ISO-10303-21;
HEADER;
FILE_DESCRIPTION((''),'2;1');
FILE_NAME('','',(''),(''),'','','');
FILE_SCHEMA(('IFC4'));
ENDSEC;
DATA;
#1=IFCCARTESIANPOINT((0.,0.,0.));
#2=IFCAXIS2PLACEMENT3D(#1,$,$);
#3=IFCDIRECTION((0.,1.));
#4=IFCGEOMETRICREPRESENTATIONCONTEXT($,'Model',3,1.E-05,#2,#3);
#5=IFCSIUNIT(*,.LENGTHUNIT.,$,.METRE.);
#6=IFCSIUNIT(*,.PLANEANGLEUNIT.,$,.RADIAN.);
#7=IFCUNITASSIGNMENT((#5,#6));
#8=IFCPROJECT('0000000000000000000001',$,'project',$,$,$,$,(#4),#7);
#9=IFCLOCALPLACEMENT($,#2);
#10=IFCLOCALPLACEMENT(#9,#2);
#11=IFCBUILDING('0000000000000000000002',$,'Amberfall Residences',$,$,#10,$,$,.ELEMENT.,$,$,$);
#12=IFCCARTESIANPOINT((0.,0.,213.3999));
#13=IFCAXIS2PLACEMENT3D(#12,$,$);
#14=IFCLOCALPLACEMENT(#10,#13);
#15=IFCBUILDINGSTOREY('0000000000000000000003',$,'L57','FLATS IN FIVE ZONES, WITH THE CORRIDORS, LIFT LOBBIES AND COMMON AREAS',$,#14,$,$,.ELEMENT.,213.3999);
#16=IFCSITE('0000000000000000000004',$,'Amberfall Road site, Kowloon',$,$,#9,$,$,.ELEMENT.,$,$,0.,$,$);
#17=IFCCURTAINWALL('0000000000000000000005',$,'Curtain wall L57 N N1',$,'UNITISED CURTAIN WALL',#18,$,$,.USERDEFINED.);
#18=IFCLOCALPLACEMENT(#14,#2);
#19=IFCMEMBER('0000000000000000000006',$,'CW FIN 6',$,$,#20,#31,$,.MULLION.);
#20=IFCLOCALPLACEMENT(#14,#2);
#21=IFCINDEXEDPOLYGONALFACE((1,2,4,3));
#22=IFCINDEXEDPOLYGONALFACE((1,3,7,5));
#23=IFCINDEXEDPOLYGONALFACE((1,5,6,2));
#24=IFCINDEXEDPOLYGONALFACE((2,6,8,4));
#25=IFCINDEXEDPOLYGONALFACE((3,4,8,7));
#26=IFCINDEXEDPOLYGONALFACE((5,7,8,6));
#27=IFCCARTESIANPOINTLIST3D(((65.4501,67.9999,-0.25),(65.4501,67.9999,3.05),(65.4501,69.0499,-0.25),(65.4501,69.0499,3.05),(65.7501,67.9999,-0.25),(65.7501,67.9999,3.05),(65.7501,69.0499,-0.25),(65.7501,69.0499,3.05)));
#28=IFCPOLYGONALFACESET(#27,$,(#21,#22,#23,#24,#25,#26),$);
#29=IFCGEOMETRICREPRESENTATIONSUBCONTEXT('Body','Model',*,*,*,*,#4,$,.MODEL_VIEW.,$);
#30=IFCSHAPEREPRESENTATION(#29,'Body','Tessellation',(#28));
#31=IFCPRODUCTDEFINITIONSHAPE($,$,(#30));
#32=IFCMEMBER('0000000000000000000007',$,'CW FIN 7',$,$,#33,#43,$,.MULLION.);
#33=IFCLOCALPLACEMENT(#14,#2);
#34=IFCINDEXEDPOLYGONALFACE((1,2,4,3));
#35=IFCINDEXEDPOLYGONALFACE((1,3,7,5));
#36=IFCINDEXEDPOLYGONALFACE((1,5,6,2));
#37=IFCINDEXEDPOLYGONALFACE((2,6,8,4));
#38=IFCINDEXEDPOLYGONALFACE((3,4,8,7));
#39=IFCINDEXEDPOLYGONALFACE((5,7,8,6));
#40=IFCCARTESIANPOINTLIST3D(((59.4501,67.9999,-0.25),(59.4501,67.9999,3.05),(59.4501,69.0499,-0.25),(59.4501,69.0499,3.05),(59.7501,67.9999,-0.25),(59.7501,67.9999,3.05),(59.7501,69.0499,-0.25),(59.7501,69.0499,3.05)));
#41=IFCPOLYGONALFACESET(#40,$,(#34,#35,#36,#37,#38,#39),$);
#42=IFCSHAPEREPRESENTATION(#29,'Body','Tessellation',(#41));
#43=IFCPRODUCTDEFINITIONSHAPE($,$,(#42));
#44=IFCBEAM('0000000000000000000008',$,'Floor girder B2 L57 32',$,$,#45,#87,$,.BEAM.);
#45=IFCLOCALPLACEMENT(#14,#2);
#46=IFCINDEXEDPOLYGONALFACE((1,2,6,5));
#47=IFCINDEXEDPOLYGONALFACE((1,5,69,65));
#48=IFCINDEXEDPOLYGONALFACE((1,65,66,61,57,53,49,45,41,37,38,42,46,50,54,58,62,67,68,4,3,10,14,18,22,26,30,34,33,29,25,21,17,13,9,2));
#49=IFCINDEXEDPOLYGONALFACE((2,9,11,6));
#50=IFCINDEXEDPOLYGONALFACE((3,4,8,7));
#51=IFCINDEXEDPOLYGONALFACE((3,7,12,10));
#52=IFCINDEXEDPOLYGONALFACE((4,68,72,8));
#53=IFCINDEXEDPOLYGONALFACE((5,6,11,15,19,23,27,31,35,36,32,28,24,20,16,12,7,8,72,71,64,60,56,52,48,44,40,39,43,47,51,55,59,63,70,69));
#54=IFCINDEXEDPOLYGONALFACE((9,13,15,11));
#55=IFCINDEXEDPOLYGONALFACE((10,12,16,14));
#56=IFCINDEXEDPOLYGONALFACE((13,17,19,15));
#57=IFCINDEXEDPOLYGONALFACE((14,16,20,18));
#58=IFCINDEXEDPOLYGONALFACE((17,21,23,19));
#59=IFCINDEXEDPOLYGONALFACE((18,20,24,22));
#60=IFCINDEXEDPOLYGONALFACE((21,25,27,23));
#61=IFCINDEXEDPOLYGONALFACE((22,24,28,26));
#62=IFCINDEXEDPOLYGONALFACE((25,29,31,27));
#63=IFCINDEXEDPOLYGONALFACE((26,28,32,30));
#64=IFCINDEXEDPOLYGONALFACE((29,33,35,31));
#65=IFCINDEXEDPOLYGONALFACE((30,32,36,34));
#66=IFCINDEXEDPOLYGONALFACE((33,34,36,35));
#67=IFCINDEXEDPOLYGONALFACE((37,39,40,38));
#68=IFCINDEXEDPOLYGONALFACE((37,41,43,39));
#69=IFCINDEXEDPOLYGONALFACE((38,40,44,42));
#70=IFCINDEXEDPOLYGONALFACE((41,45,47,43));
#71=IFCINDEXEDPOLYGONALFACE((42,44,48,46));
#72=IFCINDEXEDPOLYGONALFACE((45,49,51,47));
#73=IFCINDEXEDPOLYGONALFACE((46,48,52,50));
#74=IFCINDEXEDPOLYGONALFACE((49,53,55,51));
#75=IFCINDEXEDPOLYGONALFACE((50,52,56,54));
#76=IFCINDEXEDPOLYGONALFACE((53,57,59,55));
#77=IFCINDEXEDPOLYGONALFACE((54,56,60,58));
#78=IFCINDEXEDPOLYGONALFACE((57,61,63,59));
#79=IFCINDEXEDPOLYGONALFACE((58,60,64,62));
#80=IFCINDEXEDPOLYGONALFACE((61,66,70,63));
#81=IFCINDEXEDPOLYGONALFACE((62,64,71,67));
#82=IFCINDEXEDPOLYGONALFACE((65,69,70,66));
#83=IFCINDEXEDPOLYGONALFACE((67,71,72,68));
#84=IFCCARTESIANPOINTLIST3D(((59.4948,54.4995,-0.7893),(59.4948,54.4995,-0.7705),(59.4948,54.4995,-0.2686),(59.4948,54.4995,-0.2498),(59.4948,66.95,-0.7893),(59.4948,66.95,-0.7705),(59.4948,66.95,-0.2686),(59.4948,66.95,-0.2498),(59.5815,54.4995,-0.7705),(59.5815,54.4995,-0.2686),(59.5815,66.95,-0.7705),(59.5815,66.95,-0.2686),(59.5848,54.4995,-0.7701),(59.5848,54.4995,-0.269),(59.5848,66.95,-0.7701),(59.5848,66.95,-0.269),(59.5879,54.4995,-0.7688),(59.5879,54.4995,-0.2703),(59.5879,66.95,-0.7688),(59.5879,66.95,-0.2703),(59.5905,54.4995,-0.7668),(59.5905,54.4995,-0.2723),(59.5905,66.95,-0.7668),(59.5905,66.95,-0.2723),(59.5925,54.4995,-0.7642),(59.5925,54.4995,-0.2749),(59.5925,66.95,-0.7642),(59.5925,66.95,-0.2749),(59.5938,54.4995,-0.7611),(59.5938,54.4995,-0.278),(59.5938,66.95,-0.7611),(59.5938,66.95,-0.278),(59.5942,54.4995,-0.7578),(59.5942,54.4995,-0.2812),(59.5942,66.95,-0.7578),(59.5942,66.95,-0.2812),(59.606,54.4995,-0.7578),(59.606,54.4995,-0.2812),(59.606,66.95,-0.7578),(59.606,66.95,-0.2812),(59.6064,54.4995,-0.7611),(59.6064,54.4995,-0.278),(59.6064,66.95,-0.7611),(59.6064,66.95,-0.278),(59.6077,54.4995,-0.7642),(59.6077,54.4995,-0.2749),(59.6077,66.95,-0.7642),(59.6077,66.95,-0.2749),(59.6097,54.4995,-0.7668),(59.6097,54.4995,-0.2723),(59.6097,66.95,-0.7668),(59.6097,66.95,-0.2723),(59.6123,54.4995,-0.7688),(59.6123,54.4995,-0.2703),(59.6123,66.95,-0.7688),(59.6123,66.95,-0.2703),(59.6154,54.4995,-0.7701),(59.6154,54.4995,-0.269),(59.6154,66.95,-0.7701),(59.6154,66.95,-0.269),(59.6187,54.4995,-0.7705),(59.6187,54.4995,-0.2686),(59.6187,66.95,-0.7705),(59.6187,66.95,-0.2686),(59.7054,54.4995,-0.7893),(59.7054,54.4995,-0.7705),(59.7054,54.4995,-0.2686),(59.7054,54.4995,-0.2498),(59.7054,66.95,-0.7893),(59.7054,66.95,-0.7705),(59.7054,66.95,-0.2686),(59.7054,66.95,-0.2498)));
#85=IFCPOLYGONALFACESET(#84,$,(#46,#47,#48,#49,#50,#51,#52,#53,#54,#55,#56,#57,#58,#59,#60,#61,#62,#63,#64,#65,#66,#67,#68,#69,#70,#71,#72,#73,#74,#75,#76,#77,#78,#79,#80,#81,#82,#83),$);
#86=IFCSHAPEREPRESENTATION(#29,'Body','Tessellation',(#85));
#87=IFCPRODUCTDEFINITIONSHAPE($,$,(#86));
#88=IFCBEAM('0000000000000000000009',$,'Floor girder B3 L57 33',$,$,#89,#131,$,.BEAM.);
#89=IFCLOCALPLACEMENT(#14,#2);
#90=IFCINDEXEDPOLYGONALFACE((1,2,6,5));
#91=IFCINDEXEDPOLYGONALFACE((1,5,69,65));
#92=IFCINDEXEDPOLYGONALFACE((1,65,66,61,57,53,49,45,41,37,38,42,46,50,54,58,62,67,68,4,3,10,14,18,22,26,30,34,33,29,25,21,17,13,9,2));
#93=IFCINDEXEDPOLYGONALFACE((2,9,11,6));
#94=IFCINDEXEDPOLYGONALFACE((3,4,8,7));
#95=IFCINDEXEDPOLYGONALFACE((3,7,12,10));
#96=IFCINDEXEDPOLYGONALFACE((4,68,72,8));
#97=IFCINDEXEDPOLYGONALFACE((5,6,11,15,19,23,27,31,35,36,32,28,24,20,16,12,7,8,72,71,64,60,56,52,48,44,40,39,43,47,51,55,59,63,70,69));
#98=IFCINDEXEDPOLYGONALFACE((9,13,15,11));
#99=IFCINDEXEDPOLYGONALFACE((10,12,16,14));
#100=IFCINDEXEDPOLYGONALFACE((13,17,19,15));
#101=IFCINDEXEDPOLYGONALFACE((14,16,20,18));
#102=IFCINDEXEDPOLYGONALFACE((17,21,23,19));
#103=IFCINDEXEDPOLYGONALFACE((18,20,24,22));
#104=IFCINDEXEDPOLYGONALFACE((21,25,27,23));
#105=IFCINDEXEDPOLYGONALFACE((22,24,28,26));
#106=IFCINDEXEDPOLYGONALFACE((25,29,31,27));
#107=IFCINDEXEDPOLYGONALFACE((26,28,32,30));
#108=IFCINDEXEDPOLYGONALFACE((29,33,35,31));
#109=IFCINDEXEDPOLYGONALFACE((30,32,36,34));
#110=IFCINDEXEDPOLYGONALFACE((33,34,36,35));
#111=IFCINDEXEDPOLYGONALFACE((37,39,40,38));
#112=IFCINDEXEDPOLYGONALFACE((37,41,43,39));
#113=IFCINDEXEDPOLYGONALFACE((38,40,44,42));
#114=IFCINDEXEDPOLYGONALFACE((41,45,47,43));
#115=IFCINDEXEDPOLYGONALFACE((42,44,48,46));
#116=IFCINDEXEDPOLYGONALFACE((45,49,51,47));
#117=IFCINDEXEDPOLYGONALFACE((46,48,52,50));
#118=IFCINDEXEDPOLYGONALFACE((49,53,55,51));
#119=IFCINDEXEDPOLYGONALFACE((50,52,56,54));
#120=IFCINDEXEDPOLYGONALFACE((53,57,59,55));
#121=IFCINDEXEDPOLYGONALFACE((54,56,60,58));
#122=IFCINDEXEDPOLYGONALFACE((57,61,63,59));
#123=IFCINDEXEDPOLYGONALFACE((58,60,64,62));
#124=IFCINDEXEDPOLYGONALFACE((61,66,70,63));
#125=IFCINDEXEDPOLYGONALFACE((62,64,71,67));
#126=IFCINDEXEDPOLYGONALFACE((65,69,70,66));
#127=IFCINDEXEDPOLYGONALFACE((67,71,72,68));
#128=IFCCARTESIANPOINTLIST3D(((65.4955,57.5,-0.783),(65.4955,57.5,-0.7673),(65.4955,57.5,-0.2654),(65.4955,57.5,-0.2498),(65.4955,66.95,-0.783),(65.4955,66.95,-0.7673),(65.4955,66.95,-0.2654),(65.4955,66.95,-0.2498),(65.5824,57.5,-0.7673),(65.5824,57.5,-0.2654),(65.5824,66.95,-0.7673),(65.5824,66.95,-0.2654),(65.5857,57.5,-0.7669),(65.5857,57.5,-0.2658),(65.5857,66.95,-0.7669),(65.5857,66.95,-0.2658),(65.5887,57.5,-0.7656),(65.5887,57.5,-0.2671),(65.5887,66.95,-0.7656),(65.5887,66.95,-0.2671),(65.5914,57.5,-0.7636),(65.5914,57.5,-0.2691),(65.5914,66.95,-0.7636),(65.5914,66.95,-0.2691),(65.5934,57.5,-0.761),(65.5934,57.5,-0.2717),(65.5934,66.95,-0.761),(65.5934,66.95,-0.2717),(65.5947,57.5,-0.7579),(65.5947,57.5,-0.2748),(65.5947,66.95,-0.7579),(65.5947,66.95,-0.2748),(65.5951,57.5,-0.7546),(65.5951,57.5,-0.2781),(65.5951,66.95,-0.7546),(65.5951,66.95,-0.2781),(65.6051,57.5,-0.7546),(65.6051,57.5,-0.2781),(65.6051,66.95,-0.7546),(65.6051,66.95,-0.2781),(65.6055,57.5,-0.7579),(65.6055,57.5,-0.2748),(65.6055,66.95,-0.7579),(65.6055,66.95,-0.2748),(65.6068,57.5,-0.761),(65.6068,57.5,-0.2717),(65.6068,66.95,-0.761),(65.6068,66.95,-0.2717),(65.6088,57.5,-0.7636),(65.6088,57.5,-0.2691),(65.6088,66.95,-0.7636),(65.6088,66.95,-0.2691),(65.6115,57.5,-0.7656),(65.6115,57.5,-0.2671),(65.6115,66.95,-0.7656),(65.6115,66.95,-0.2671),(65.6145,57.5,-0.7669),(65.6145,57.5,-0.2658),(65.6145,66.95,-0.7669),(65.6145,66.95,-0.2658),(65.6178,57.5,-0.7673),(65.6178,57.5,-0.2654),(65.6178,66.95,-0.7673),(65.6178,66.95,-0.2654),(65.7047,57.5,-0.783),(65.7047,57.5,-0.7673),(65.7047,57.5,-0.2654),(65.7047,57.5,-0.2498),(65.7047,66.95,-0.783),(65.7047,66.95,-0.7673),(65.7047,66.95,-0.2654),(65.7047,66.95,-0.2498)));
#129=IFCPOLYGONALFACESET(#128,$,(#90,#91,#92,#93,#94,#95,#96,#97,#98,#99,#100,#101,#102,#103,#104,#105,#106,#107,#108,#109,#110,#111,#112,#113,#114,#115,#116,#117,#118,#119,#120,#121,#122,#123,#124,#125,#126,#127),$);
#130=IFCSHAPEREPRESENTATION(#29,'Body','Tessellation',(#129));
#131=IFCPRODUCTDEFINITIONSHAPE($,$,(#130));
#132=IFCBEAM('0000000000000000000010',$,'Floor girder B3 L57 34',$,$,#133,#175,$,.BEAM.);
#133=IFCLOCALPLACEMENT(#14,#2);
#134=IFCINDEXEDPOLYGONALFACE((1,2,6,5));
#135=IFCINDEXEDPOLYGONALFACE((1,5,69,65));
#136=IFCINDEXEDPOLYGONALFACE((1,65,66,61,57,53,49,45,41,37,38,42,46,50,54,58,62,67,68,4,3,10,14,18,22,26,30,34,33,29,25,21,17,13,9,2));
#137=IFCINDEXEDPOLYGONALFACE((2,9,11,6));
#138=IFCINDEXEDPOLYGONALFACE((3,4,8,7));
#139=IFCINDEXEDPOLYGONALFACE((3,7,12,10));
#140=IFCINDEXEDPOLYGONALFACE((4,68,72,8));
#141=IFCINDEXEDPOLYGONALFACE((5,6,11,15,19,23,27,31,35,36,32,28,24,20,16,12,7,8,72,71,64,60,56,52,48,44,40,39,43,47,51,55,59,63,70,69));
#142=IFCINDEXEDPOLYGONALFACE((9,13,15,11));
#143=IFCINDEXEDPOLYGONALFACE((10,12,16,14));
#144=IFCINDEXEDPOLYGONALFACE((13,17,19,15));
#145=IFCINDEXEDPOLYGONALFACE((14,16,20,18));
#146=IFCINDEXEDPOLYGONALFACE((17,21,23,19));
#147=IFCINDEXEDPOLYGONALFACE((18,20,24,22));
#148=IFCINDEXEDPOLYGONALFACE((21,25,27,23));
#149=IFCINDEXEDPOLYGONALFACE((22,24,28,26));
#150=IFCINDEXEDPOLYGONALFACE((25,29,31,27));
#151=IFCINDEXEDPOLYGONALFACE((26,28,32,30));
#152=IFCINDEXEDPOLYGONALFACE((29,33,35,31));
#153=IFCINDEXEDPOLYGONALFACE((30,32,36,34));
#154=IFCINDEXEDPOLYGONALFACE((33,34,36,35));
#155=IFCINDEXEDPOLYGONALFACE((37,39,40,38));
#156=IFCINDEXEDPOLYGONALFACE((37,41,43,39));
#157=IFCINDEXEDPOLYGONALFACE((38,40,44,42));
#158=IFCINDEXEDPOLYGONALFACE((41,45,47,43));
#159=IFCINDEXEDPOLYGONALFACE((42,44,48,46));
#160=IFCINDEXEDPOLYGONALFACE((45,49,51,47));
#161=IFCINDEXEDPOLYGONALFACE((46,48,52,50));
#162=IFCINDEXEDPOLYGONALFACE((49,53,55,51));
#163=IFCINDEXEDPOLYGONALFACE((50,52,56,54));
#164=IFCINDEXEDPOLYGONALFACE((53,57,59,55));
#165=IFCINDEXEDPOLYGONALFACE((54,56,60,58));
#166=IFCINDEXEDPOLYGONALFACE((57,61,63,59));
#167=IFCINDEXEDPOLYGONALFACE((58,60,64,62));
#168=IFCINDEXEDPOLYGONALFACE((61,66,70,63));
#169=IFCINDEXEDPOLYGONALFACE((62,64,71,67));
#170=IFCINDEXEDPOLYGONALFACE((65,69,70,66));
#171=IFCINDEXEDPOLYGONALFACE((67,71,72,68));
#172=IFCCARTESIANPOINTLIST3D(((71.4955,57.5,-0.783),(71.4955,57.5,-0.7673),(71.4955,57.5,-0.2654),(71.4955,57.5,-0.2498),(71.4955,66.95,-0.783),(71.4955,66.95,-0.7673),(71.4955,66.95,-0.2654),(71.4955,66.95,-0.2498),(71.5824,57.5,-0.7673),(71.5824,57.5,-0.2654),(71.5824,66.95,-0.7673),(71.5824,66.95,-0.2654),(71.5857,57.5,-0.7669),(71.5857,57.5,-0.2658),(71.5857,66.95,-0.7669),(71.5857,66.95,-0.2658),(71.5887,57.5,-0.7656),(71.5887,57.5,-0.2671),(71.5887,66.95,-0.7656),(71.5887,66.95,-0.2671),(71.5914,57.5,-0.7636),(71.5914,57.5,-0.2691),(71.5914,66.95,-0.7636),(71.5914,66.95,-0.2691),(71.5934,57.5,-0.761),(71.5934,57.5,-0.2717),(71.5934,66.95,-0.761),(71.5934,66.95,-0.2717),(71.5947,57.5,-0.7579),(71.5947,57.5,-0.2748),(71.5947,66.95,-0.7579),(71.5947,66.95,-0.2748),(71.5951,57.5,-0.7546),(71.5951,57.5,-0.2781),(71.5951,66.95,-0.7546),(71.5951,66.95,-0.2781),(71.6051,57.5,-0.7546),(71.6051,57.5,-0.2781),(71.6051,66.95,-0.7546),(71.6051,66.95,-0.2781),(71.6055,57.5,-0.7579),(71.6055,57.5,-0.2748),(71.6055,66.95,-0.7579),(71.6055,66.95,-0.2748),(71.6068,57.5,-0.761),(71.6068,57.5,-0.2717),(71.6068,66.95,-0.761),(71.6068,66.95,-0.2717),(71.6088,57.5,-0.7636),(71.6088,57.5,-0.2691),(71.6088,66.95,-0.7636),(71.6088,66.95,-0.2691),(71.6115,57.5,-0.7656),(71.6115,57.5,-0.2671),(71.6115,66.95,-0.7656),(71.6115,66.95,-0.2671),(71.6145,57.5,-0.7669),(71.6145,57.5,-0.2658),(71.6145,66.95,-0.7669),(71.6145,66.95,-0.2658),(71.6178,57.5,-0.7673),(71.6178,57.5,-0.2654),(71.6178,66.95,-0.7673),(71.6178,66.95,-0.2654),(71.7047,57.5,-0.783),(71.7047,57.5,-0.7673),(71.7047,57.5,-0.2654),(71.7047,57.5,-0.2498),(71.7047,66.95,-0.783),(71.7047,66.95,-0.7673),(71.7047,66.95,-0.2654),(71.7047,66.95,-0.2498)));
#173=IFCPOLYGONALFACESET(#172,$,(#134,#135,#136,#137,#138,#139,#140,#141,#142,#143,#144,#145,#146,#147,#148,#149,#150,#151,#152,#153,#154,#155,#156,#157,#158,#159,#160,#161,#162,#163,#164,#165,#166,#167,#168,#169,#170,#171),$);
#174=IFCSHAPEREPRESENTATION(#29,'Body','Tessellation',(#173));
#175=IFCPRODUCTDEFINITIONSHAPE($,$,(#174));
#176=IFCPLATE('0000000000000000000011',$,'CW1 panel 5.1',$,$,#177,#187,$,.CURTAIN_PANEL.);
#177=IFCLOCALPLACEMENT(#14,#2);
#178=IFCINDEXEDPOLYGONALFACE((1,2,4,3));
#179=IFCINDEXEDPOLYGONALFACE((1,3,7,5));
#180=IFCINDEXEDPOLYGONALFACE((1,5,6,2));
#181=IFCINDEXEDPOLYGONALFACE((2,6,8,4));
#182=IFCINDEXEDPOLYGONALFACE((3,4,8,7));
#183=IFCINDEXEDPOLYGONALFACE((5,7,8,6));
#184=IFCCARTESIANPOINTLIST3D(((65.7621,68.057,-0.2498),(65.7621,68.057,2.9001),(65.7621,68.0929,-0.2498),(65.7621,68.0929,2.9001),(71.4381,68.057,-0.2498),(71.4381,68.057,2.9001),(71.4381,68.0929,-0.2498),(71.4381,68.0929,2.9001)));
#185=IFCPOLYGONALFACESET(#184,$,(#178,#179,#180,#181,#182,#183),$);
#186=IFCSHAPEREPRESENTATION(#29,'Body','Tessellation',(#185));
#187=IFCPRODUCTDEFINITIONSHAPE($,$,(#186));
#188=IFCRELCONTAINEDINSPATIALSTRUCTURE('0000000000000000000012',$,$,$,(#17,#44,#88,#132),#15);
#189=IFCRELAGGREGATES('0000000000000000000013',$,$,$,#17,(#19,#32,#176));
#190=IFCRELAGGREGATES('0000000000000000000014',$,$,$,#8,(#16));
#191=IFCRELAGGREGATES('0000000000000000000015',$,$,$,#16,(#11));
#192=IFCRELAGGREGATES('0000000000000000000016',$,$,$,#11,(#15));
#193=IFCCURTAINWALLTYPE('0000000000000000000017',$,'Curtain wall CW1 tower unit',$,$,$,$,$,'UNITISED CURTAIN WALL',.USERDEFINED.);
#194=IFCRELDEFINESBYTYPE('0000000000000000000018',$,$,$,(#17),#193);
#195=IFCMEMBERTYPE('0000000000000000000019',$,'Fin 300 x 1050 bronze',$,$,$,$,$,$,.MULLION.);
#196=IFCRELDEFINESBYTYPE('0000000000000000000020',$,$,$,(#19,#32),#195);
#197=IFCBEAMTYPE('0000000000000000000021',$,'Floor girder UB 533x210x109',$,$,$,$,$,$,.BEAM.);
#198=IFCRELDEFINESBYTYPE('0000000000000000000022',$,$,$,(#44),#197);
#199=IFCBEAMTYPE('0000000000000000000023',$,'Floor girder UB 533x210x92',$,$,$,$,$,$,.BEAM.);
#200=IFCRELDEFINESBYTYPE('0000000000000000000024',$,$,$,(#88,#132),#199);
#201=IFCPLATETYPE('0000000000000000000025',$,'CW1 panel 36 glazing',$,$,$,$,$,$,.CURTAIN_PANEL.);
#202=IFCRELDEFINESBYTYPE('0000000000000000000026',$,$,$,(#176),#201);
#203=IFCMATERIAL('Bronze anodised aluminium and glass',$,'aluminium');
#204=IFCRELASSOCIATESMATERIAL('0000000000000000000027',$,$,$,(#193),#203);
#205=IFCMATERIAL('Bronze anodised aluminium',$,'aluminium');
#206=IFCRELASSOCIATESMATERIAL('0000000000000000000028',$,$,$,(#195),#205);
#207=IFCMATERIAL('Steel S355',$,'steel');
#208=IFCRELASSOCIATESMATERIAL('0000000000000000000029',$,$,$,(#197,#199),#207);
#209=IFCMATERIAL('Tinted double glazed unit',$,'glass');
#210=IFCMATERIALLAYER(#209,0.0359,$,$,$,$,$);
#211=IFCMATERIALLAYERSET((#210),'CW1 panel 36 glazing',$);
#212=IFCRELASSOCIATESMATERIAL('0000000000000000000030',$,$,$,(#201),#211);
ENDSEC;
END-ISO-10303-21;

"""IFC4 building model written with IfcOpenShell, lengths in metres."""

from ifc_helpers import new_model, si_unit, direction, frame, origin, origin_2d, place, context, subcontext, project, spatial, rectangle, i_section, extrude, material, layer, layer_set, material_profile, profile_set, type_object, element, aggregate, save


model = new_model("IFC4")

# Units and contexts
model_context = context("Model", 3, precision=1e-05, world=origin(), true_north=direction((0.0, 1.0)))
body_context = subcontext(model_context, "Body", "Model", "MODEL_VIEW")
ifc_project = project(units=[si_unit("LENGTHUNIT", "METRE"), si_unit("PLANEANGLEUNIT", "RADIAN")], contexts=[model_context])

# Site, building, storey
site_placement = place(None, origin())
site = spatial("IfcSite", under=ifc_project, at=site_placement, Name="Amberfall Road site, Kowloon", CompositionType="ELEMENT", RefElevation=0.0)
building_placement = place(site_placement, origin())
building = spatial("IfcBuilding", under=site, at=building_placement, Name="Amberfall Residences", CompositionType="ELEMENT")
storey_placement = place(building_placement, frame((0.0, 0.0, 213.3999)))
storey = spatial("IfcBuildingStorey", under=building, at=storey_placement, Name="L57", Description="FLATS IN FIVE ZONES, WITH THE CORRIDORS, LIFT LOBBIES AND COMMON AREAS", CompositionType="ELEMENT", Elevation=213.3999)

# Curtain wall
ifc_material_1 = material(Name="Bronze anodised aluminium and glass", Category="aluminium")
curtain_wall_type = type_object("IfcCurtainWallType", Name="Curtain wall CW1 tower unit", ElementType="UNITISED CURTAIN WALL", PredefinedType="USERDEFINED", material=ifc_material_1)
curtain_wall_placement = place(storey_placement, origin())
curtain_wall = element("IfcCurtainWall", 1, at=curtain_wall_placement, inside=storey, type_object=curtain_wall_type, Name="Curtain wall L57 N N1", ObjectType="UNITISED CURTAIN WALL", PredefinedType="USERDEFINED")
ifc_material_2 = material(Name="Bronze anodised aluminium", Category="aluminium")

# Shared definitions
ifc_material_3 = material(Name="Steel S355", Category="steel")

# Members
ifc_material_profile_1 = material_profile(ifc_material_2, rectangle(XDim=1.05, YDim=0.3, at=origin_2d()), Name="Fin 300 x 1050 bronze")
ifc_profile_set_1 = profile_set([ifc_material_profile_1], Name="Bronze anodised aluminium")
member_type_1 = type_object("IfcMemberType", Name="Fin 300 x 1050 bronze", PredefinedType="MULLION", material=ifc_profile_set_1)
member_1_placement = place(storey_placement, frame((65.6001, 68.5249, -0.25), z_axis=(0.0, 0.0, 1.0), x_axis=(0.0, -1.0, 0.0)))
member_1 = element("IfcMember", 2, at=member_1_placement, type_object=member_type_1, Name="CW FIN 6", PredefinedType="MULLION", context=body_context, shape_type="SweptSolid", body=[
    extrude(rectangle(XDim=1.05, YDim=0.3, at=origin_2d()), origin(), (0.0, 0.0, 1.0), 3.3),
])
member_2_placement = place(storey_placement, frame((59.6001, 68.5249, -0.25), z_axis=(0.0, 0.0, 1.0), x_axis=(0.0, -1.0, 0.0)))
member_2 = element("IfcMember", 3, at=member_2_placement, type_object=member_type_1, Name="CW FIN 7", PredefinedType="MULLION", context=body_context, shape_type="SweptSolid", body=[
    extrude(rectangle(XDim=1.05, YDim=0.3, at=origin_2d()), origin(), (0.0, 0.0, 1.0), 3.3),
])

# Beams
ifc_material_profile_2 = material_profile(ifc_material_3, i_section(OverallWidth=0.2107, OverallDepth=0.5396, WebThickness=0.0117, FlangeThickness=0.0188, FilletRadius=0.0127, at=origin_2d()), Name="UB 533x210x109")
ifc_profile_set_2 = profile_set([ifc_material_profile_2], Name="Steel S355")
beam_type_1 = type_object("IfcBeamType", Name="Floor girder UB 533x210x109", PredefinedType="BEAM", material=ifc_profile_set_2)
beam_placement = place(storey_placement, frame((59.6001, 66.95, -0.5195), z_axis=(0.0, -1.0, 0.0), x_axis=(1.0, 0.0, 0.0)))
element("IfcBeam", 4, at=beam_placement, inside=storey, type_object=beam_type_1, Name="Floor girder B2 L57 32", PredefinedType="BEAM", context=body_context, shape_type="SweptSolid", body=[
    extrude(i_section(OverallWidth=0.2107, OverallDepth=0.5396, WebThickness=0.0117, FlangeThickness=0.0188, FilletRadius=0.0127, at=origin_2d()), origin(), (0.0, 0.0, 1.0), 12.4504),
])
ifc_material_profile_3 = material_profile(ifc_material_3, i_section(OverallWidth=0.2092, OverallDepth=0.5332, WebThickness=0.01, FlangeThickness=0.0156, FilletRadius=0.0127, at=origin_2d()), Name="UB 533x210x92")
ifc_profile_set_3 = profile_set([ifc_material_profile_3], Name="Steel S355")
beam_type_2 = type_object("IfcBeamType", Name="Floor girder UB 533x210x92", PredefinedType="BEAM", material=ifc_profile_set_3)
for number, where, z_axis, x_axis, name in (
    (5, (65.6001, 66.95, -0.5164), (0.0, -1.0, 0.0), (1.0, 0.0, 0.0), "Floor girder B3 L57 33"),
    (6, (71.6001, 66.95, -0.5164), (0.0, -1.0, 0.0), (1.0, 0.0, 0.0), "Floor girder B3 L57 34"),
):
    element("IfcBeam", number, at=place(storey_placement, frame(where, z_axis=z_axis, x_axis=x_axis)), inside=storey, type_object=beam_type_2, Name=name, PredefinedType="BEAM", context=body_context, shape_type="SweptSolid", body=[
        extrude(i_section(OverallWidth=0.2092, OverallDepth=0.5332, WebThickness=0.01, FlangeThickness=0.0156, FilletRadius=0.0127, at=origin_2d()), origin(), (0.0, 0.0, 1.0), 9.45),
    ])

# Plate
ifc_material_4 = material(Name="Tinted double glazed unit", Category="glass")
ifc_layer_1 = layer(ifc_material_4, 0.0359)
ifc_layer_set_1 = layer_set([ifc_layer_1], Name="CW1 panel 36 glazing")
plate_type = type_object("IfcPlateType", Name="CW1 panel 36 glazing", PredefinedType="CURTAIN_PANEL", material=ifc_layer_set_1)
plate_1_placement = place(storey_placement, frame((68.6001, 68.075, -0.2498), z_axis=(0.0, 0.0, 1.0), x_axis=(-1.0, 0.0, 0.0)))
plate_1 = element("IfcPlate", 7, at=plate_1_placement, type_object=plate_type, Name="CW1 panel 5.1", PredefinedType="CURTAIN_PANEL", context=body_context, shape_type="SweptSolid", body=[
    extrude(rectangle(XDim=5.676, YDim=0.0359, at=origin_2d()), origin(), (0.0, 0.0, 1.0), 3.1499),
])
aggregate(curtain_wall, [member_1, member_2, plate_1])

save(model, "model.ifc")
